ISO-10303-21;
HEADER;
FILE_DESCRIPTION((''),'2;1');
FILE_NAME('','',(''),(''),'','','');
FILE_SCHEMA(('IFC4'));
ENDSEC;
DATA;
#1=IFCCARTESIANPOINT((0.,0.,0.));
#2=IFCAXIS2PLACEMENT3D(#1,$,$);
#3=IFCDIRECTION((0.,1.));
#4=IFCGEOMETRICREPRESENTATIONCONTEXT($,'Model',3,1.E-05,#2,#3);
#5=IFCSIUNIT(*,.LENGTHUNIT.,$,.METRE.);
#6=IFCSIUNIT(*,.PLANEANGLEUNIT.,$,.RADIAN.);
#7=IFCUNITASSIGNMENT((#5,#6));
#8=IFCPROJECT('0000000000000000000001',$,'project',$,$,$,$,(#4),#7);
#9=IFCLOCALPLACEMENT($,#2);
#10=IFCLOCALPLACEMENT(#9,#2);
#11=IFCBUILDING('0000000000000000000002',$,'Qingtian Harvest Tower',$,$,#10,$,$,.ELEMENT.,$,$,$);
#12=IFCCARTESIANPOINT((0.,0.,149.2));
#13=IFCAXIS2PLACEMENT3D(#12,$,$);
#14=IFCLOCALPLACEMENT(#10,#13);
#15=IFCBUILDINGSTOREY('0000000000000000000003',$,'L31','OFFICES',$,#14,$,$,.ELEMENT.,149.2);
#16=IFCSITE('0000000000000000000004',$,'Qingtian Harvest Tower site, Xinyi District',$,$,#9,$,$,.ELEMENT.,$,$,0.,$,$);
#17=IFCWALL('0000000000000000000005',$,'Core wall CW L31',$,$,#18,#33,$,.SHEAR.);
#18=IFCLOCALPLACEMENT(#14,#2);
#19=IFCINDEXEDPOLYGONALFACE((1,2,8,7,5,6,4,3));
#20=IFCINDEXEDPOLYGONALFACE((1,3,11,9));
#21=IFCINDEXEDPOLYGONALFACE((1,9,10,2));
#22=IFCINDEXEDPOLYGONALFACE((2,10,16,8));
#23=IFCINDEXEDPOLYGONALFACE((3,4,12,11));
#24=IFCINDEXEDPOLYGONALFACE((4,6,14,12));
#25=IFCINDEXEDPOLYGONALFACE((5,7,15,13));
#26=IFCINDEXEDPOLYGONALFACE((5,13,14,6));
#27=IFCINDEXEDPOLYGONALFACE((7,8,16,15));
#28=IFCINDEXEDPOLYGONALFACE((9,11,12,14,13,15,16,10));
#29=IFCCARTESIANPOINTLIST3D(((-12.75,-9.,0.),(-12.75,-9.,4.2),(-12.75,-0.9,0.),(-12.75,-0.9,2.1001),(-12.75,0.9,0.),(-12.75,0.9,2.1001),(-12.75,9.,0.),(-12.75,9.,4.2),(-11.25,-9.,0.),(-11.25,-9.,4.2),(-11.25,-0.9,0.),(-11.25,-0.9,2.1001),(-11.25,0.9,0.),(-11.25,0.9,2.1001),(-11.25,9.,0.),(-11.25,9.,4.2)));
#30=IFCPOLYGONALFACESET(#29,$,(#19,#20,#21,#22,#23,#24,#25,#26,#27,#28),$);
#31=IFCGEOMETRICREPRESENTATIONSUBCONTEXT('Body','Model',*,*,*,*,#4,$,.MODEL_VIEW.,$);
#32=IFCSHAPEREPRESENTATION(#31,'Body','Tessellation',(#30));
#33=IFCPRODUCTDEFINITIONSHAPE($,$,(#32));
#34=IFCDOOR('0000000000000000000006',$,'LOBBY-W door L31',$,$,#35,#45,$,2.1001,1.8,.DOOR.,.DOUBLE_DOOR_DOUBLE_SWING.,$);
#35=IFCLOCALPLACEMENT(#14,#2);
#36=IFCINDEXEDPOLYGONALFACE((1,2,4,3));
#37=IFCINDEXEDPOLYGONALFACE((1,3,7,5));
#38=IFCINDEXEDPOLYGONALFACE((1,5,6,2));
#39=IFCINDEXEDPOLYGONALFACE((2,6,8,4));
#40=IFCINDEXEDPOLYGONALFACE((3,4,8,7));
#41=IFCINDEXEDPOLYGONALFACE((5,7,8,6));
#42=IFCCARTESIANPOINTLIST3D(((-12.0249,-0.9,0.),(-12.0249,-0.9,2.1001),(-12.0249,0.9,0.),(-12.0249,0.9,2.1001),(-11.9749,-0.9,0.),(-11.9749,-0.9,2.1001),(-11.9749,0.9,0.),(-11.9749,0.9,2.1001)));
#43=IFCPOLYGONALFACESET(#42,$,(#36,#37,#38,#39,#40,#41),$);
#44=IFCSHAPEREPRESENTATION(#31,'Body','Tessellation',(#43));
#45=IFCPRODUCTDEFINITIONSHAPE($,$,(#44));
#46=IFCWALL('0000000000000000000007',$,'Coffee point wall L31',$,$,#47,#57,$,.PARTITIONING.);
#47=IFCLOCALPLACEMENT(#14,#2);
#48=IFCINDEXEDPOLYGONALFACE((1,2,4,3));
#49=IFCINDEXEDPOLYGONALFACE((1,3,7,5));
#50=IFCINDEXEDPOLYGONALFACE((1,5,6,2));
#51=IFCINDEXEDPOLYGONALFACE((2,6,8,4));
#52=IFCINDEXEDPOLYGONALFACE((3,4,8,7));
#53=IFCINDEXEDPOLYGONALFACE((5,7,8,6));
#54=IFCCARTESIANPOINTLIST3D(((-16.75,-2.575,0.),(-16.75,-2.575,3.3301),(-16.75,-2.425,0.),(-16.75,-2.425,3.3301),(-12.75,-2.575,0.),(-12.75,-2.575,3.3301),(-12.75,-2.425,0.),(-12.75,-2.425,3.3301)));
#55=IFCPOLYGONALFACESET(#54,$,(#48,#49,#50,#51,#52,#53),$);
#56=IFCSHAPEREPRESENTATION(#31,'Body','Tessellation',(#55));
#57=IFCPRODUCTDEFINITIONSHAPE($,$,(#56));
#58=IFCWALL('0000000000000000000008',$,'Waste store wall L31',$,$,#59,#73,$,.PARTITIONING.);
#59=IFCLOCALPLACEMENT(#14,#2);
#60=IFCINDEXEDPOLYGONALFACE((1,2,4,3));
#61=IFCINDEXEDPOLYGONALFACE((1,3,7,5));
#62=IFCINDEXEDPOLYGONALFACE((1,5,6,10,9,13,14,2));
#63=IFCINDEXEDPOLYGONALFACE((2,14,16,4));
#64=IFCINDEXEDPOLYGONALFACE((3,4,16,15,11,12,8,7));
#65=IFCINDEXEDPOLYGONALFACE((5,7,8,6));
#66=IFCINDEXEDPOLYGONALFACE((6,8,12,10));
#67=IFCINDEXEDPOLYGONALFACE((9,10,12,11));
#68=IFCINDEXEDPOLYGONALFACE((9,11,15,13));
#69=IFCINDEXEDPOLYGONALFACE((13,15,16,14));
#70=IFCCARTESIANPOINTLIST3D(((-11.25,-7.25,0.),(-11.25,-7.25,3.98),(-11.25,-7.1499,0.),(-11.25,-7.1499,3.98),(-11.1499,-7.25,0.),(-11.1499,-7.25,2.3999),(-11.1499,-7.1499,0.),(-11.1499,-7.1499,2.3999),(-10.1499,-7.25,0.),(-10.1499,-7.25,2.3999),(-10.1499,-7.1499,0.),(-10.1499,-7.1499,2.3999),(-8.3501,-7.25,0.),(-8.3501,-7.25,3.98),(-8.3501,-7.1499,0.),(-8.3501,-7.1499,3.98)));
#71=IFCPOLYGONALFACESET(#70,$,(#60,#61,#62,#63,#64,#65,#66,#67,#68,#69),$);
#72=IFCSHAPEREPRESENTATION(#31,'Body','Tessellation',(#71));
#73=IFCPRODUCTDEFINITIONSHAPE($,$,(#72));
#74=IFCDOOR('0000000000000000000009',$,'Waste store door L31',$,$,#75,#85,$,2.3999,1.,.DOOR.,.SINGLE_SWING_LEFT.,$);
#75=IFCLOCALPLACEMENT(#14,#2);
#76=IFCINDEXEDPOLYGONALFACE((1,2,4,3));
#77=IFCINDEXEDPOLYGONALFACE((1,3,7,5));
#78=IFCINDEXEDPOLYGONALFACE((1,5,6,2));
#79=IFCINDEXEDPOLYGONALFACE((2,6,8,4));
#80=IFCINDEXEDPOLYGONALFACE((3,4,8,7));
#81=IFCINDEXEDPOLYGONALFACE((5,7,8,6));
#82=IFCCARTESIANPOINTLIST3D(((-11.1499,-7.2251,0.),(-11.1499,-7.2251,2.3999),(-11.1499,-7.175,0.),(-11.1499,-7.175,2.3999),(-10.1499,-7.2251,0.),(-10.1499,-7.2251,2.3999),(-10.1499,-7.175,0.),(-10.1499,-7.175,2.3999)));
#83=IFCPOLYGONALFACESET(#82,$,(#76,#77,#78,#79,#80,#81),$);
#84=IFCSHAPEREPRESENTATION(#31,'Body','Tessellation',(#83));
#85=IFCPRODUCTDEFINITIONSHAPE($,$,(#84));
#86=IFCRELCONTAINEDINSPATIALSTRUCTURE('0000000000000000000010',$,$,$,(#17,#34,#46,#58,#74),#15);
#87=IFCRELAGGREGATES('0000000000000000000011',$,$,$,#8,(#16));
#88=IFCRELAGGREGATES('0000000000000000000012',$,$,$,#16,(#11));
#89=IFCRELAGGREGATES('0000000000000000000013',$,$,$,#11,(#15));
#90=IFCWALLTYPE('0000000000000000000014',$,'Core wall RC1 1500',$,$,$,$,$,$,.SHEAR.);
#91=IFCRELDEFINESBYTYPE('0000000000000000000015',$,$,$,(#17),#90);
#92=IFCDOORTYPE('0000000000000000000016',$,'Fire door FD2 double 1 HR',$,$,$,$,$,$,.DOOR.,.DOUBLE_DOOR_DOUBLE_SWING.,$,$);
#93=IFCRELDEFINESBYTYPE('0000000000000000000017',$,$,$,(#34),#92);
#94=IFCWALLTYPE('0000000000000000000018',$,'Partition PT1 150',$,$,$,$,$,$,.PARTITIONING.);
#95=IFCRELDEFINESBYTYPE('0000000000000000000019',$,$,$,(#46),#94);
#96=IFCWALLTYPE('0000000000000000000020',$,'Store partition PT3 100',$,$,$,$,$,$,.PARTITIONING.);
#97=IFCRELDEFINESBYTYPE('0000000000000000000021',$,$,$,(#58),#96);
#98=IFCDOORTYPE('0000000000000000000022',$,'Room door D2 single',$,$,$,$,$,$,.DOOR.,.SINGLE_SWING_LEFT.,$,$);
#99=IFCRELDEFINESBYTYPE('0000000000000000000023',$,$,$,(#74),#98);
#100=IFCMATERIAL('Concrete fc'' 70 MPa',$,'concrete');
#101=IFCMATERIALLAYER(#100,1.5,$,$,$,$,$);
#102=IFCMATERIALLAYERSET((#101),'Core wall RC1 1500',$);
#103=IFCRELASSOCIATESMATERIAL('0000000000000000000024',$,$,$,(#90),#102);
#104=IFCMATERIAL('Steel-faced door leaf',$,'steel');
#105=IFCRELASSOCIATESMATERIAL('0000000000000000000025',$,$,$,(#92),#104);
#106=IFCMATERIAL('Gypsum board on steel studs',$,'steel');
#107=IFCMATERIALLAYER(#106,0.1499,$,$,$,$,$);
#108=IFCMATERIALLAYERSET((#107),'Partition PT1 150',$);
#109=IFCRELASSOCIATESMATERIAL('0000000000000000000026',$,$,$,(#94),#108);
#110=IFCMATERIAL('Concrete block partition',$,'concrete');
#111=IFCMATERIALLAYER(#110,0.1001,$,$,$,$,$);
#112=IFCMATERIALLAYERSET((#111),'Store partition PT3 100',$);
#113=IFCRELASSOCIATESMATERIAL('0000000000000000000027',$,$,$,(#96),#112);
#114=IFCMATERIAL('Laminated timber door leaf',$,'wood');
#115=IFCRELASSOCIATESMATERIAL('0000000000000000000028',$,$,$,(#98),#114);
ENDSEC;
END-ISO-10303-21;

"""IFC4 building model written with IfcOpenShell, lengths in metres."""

from ifc_helpers import new_model, si_unit, direction, frame, frame_2d, origin, place, context, subcontext, project, spatial, rectangle, extrude, material, layer, layer_set, type_object, element, fill, save


model = new_model("IFC4")

# Units and contexts
model_context = context("Model", 3, precision=1e-05, world=origin(), true_north=direction((0.0, 1.0)))
body_context = subcontext(model_context, "Body", "Model", "MODEL_VIEW")
ifc_project = project(units=[si_unit("LENGTHUNIT", "METRE"), si_unit("PLANEANGLEUNIT", "RADIAN")], contexts=[model_context])

# Site, building, storey
site_placement = place(None, origin())
site = spatial("IfcSite", under=ifc_project, at=site_placement, Name="Qingtian Harvest Tower site, Xinyi District", CompositionType="ELEMENT", RefElevation=0.0)
building_placement = place(site_placement, origin())
building = spatial("IfcBuilding", under=site, at=building_placement, Name="Qingtian Harvest Tower", CompositionType="ELEMENT")
storey_placement = place(building_placement, frame((0.0, 0.0, 149.2)))
storey = spatial("IfcBuildingStorey", under=building, at=storey_placement, Name="L31", Description="OFFICES", CompositionType="ELEMENT", Elevation=149.2)

# Wall, opening, door
ifc_material_1 = material(Name="Concrete fc' 70 MPa", Category="concrete")
ifc_layer_1 = layer(ifc_material_1, 1.5)
ifc_layer_set_1 = layer_set([ifc_layer_1], Name="Core wall RC1 1500")
wall_type_1 = type_object("IfcWallType", Name="Core wall RC1 1500", PredefinedType="SHEAR", material=ifc_layer_set_1)
wall_1_placement = place(storey_placement, frame((-12.0, -9.0, 0.0), z_axis=(0.0, 0.0, 1.0), x_axis=(0.0, 1.0, 0.0)))
wall_1 = element("IfcWall", 1, at=wall_1_placement, inside=storey, type_object=wall_type_1, Name="Core wall CW L31", PredefinedType="SHEAR", context=body_context, shape_type="SweptSolid", body=[
    extrude(rectangle(XDim=18.0, YDim=1.5, at=frame_2d((9.0, 0.0))), origin(), (0.0, 0.0, 1.0), 4.2),
])
opening_1_placement = place(wall_1_placement, frame((8.1001, 0.0, 0.0)))
opening_1 = element("IfcOpeningElement", 2, at=opening_1_placement, cuts=wall_1, PredefinedType="OPENING", context=body_context, shape_type="SweptSolid", body=[
    extrude(rectangle(XDim=1.8, YDim=2.1001, at=frame_2d((0.8999, 1.05))), frame((0.0, 0.76, 0.0), z_axis=(0.0, -1.0, 0.0), x_axis=(1.0, 0.0, 0.0)), (0.0, 0.0, 1.0), 1.52),
])
ifc_material_2 = material(Name="Steel-faced door leaf", Category="steel")
door_type_1 = type_object("IfcDoorType", Name="Fire door FD2 double 1 HR", OperationType="DOUBLE_DOOR_DOUBLE_SWING", PredefinedType="DOOR", material=ifc_material_2)
door_1_placement = place(opening_1_placement, origin())
door_1 = element("IfcDoor", 3, at=door_1_placement, inside=storey, type_object=door_type_1, Name="LOBBY-W door L31", OperationType="DOUBLE_DOOR_DOUBLE_SWING", OverallHeight=2.1001, OverallWidth=1.8, PredefinedType="DOOR", context=body_context, shape_type="SweptSolid", body=[
    extrude(rectangle(XDim=1.8, YDim=2.1001, at=frame_2d((0.8999, 1.05))), frame((0.0, 0.0249, 0.0), z_axis=(0.0, -1.0, 0.0), x_axis=(1.0, 0.0, 0.0)), (0.0, 0.0, 1.0), 0.05),
])
fill(opening_1, door_1)

# Wall
ifc_material_3 = material(Name="Gypsum board on steel studs", Category="steel")
ifc_layer_2 = layer(ifc_material_3, 0.1499)
ifc_layer_set_2 = layer_set([ifc_layer_2], Name="Partition PT1 150")
wall_type_2 = type_object("IfcWallType", Name="Partition PT1 150", PredefinedType="PARTITIONING", material=ifc_layer_set_2)
wall_2_placement = place(storey_placement, frame((-12.75, -2.5, 0.0), z_axis=(0.0, 0.0, 1.0), x_axis=(-1.0, 0.0, 0.0)))
element("IfcWall", 4, at=wall_2_placement, inside=storey, type_object=wall_type_2, Name="Coffee point wall L31", PredefinedType="PARTITIONING", context=body_context, shape_type="SweptSolid", body=[
    extrude(rectangle(XDim=4.0, YDim=0.1499, at=frame_2d((2.0, 0.0))), origin(), (0.0, 0.0, 1.0), 3.3301),
])

# Wall, opening, door
ifc_material_4 = material(Name="Concrete block partition", Category="concrete")
ifc_layer_3 = layer(ifc_material_4, 0.1001)
ifc_layer_set_3 = layer_set([ifc_layer_3], Name="Store partition PT3 100")
wall_type_3 = type_object("IfcWallType", Name="Store partition PT3 100", PredefinedType="PARTITIONING", material=ifc_layer_set_3)
wall_3_placement = place(storey_placement, frame((-11.25, -7.2, 0.0), z_axis=(0.0, 0.0, 1.0), x_axis=(1.0, 0.0, 0.0)))
wall_3 = element("IfcWall", 5, at=wall_3_placement, inside=storey, type_object=wall_type_3, Name="Waste store wall L31", PredefinedType="PARTITIONING", context=body_context, shape_type="SweptSolid", body=[
    extrude(rectangle(XDim=2.8999, YDim=0.1001, at=frame_2d((1.45, 0.0))), origin(), (0.0, 0.0, 1.0), 3.98),
])
opening_2_placement = place(wall_3_placement, frame((0.1001, 0.0, 0.0)))
opening_2 = element("IfcOpeningElement", 6, at=opening_2_placement, cuts=wall_3, PredefinedType="OPENING", context=body_context, shape_type="SweptSolid", body=[
    extrude(rectangle(XDim=1.0, YDim=2.3999, at=frame_2d((0.5, 1.2))), frame((0.0, 0.0601, 0.0), z_axis=(0.0, -1.0, 0.0), x_axis=(1.0, 0.0, 0.0)), (0.0, 0.0, 1.0), 0.1201),
])
ifc_material_5 = material(Name="Laminated timber door leaf", Category="wood")
door_type_2 = type_object("IfcDoorType", Name="Room door D2 single", OperationType="SINGLE_SWING_LEFT", PredefinedType="DOOR", material=ifc_material_5)
door_2_placement = place(opening_2_placement, origin())
door_2 = element("IfcDoor", 7, at=door_2_placement, inside=storey, type_object=door_type_2, Name="Waste store door L31", OperationType="SINGLE_SWING_LEFT", OverallHeight=2.3999, OverallWidth=1.0, PredefinedType="DOOR", context=body_context, shape_type="SweptSolid", body=[
    extrude(rectangle(XDim=1.0, YDim=2.3999, at=frame_2d((0.5, 1.2))), frame((0.0, 0.0249, 0.0), z_axis=(0.0, -1.0, 0.0), x_axis=(1.0, 0.0, 0.0)), (0.0, 0.0, 1.0), 0.05),
])
fill(opening_2, door_2)

save(model, "model.ifc")
